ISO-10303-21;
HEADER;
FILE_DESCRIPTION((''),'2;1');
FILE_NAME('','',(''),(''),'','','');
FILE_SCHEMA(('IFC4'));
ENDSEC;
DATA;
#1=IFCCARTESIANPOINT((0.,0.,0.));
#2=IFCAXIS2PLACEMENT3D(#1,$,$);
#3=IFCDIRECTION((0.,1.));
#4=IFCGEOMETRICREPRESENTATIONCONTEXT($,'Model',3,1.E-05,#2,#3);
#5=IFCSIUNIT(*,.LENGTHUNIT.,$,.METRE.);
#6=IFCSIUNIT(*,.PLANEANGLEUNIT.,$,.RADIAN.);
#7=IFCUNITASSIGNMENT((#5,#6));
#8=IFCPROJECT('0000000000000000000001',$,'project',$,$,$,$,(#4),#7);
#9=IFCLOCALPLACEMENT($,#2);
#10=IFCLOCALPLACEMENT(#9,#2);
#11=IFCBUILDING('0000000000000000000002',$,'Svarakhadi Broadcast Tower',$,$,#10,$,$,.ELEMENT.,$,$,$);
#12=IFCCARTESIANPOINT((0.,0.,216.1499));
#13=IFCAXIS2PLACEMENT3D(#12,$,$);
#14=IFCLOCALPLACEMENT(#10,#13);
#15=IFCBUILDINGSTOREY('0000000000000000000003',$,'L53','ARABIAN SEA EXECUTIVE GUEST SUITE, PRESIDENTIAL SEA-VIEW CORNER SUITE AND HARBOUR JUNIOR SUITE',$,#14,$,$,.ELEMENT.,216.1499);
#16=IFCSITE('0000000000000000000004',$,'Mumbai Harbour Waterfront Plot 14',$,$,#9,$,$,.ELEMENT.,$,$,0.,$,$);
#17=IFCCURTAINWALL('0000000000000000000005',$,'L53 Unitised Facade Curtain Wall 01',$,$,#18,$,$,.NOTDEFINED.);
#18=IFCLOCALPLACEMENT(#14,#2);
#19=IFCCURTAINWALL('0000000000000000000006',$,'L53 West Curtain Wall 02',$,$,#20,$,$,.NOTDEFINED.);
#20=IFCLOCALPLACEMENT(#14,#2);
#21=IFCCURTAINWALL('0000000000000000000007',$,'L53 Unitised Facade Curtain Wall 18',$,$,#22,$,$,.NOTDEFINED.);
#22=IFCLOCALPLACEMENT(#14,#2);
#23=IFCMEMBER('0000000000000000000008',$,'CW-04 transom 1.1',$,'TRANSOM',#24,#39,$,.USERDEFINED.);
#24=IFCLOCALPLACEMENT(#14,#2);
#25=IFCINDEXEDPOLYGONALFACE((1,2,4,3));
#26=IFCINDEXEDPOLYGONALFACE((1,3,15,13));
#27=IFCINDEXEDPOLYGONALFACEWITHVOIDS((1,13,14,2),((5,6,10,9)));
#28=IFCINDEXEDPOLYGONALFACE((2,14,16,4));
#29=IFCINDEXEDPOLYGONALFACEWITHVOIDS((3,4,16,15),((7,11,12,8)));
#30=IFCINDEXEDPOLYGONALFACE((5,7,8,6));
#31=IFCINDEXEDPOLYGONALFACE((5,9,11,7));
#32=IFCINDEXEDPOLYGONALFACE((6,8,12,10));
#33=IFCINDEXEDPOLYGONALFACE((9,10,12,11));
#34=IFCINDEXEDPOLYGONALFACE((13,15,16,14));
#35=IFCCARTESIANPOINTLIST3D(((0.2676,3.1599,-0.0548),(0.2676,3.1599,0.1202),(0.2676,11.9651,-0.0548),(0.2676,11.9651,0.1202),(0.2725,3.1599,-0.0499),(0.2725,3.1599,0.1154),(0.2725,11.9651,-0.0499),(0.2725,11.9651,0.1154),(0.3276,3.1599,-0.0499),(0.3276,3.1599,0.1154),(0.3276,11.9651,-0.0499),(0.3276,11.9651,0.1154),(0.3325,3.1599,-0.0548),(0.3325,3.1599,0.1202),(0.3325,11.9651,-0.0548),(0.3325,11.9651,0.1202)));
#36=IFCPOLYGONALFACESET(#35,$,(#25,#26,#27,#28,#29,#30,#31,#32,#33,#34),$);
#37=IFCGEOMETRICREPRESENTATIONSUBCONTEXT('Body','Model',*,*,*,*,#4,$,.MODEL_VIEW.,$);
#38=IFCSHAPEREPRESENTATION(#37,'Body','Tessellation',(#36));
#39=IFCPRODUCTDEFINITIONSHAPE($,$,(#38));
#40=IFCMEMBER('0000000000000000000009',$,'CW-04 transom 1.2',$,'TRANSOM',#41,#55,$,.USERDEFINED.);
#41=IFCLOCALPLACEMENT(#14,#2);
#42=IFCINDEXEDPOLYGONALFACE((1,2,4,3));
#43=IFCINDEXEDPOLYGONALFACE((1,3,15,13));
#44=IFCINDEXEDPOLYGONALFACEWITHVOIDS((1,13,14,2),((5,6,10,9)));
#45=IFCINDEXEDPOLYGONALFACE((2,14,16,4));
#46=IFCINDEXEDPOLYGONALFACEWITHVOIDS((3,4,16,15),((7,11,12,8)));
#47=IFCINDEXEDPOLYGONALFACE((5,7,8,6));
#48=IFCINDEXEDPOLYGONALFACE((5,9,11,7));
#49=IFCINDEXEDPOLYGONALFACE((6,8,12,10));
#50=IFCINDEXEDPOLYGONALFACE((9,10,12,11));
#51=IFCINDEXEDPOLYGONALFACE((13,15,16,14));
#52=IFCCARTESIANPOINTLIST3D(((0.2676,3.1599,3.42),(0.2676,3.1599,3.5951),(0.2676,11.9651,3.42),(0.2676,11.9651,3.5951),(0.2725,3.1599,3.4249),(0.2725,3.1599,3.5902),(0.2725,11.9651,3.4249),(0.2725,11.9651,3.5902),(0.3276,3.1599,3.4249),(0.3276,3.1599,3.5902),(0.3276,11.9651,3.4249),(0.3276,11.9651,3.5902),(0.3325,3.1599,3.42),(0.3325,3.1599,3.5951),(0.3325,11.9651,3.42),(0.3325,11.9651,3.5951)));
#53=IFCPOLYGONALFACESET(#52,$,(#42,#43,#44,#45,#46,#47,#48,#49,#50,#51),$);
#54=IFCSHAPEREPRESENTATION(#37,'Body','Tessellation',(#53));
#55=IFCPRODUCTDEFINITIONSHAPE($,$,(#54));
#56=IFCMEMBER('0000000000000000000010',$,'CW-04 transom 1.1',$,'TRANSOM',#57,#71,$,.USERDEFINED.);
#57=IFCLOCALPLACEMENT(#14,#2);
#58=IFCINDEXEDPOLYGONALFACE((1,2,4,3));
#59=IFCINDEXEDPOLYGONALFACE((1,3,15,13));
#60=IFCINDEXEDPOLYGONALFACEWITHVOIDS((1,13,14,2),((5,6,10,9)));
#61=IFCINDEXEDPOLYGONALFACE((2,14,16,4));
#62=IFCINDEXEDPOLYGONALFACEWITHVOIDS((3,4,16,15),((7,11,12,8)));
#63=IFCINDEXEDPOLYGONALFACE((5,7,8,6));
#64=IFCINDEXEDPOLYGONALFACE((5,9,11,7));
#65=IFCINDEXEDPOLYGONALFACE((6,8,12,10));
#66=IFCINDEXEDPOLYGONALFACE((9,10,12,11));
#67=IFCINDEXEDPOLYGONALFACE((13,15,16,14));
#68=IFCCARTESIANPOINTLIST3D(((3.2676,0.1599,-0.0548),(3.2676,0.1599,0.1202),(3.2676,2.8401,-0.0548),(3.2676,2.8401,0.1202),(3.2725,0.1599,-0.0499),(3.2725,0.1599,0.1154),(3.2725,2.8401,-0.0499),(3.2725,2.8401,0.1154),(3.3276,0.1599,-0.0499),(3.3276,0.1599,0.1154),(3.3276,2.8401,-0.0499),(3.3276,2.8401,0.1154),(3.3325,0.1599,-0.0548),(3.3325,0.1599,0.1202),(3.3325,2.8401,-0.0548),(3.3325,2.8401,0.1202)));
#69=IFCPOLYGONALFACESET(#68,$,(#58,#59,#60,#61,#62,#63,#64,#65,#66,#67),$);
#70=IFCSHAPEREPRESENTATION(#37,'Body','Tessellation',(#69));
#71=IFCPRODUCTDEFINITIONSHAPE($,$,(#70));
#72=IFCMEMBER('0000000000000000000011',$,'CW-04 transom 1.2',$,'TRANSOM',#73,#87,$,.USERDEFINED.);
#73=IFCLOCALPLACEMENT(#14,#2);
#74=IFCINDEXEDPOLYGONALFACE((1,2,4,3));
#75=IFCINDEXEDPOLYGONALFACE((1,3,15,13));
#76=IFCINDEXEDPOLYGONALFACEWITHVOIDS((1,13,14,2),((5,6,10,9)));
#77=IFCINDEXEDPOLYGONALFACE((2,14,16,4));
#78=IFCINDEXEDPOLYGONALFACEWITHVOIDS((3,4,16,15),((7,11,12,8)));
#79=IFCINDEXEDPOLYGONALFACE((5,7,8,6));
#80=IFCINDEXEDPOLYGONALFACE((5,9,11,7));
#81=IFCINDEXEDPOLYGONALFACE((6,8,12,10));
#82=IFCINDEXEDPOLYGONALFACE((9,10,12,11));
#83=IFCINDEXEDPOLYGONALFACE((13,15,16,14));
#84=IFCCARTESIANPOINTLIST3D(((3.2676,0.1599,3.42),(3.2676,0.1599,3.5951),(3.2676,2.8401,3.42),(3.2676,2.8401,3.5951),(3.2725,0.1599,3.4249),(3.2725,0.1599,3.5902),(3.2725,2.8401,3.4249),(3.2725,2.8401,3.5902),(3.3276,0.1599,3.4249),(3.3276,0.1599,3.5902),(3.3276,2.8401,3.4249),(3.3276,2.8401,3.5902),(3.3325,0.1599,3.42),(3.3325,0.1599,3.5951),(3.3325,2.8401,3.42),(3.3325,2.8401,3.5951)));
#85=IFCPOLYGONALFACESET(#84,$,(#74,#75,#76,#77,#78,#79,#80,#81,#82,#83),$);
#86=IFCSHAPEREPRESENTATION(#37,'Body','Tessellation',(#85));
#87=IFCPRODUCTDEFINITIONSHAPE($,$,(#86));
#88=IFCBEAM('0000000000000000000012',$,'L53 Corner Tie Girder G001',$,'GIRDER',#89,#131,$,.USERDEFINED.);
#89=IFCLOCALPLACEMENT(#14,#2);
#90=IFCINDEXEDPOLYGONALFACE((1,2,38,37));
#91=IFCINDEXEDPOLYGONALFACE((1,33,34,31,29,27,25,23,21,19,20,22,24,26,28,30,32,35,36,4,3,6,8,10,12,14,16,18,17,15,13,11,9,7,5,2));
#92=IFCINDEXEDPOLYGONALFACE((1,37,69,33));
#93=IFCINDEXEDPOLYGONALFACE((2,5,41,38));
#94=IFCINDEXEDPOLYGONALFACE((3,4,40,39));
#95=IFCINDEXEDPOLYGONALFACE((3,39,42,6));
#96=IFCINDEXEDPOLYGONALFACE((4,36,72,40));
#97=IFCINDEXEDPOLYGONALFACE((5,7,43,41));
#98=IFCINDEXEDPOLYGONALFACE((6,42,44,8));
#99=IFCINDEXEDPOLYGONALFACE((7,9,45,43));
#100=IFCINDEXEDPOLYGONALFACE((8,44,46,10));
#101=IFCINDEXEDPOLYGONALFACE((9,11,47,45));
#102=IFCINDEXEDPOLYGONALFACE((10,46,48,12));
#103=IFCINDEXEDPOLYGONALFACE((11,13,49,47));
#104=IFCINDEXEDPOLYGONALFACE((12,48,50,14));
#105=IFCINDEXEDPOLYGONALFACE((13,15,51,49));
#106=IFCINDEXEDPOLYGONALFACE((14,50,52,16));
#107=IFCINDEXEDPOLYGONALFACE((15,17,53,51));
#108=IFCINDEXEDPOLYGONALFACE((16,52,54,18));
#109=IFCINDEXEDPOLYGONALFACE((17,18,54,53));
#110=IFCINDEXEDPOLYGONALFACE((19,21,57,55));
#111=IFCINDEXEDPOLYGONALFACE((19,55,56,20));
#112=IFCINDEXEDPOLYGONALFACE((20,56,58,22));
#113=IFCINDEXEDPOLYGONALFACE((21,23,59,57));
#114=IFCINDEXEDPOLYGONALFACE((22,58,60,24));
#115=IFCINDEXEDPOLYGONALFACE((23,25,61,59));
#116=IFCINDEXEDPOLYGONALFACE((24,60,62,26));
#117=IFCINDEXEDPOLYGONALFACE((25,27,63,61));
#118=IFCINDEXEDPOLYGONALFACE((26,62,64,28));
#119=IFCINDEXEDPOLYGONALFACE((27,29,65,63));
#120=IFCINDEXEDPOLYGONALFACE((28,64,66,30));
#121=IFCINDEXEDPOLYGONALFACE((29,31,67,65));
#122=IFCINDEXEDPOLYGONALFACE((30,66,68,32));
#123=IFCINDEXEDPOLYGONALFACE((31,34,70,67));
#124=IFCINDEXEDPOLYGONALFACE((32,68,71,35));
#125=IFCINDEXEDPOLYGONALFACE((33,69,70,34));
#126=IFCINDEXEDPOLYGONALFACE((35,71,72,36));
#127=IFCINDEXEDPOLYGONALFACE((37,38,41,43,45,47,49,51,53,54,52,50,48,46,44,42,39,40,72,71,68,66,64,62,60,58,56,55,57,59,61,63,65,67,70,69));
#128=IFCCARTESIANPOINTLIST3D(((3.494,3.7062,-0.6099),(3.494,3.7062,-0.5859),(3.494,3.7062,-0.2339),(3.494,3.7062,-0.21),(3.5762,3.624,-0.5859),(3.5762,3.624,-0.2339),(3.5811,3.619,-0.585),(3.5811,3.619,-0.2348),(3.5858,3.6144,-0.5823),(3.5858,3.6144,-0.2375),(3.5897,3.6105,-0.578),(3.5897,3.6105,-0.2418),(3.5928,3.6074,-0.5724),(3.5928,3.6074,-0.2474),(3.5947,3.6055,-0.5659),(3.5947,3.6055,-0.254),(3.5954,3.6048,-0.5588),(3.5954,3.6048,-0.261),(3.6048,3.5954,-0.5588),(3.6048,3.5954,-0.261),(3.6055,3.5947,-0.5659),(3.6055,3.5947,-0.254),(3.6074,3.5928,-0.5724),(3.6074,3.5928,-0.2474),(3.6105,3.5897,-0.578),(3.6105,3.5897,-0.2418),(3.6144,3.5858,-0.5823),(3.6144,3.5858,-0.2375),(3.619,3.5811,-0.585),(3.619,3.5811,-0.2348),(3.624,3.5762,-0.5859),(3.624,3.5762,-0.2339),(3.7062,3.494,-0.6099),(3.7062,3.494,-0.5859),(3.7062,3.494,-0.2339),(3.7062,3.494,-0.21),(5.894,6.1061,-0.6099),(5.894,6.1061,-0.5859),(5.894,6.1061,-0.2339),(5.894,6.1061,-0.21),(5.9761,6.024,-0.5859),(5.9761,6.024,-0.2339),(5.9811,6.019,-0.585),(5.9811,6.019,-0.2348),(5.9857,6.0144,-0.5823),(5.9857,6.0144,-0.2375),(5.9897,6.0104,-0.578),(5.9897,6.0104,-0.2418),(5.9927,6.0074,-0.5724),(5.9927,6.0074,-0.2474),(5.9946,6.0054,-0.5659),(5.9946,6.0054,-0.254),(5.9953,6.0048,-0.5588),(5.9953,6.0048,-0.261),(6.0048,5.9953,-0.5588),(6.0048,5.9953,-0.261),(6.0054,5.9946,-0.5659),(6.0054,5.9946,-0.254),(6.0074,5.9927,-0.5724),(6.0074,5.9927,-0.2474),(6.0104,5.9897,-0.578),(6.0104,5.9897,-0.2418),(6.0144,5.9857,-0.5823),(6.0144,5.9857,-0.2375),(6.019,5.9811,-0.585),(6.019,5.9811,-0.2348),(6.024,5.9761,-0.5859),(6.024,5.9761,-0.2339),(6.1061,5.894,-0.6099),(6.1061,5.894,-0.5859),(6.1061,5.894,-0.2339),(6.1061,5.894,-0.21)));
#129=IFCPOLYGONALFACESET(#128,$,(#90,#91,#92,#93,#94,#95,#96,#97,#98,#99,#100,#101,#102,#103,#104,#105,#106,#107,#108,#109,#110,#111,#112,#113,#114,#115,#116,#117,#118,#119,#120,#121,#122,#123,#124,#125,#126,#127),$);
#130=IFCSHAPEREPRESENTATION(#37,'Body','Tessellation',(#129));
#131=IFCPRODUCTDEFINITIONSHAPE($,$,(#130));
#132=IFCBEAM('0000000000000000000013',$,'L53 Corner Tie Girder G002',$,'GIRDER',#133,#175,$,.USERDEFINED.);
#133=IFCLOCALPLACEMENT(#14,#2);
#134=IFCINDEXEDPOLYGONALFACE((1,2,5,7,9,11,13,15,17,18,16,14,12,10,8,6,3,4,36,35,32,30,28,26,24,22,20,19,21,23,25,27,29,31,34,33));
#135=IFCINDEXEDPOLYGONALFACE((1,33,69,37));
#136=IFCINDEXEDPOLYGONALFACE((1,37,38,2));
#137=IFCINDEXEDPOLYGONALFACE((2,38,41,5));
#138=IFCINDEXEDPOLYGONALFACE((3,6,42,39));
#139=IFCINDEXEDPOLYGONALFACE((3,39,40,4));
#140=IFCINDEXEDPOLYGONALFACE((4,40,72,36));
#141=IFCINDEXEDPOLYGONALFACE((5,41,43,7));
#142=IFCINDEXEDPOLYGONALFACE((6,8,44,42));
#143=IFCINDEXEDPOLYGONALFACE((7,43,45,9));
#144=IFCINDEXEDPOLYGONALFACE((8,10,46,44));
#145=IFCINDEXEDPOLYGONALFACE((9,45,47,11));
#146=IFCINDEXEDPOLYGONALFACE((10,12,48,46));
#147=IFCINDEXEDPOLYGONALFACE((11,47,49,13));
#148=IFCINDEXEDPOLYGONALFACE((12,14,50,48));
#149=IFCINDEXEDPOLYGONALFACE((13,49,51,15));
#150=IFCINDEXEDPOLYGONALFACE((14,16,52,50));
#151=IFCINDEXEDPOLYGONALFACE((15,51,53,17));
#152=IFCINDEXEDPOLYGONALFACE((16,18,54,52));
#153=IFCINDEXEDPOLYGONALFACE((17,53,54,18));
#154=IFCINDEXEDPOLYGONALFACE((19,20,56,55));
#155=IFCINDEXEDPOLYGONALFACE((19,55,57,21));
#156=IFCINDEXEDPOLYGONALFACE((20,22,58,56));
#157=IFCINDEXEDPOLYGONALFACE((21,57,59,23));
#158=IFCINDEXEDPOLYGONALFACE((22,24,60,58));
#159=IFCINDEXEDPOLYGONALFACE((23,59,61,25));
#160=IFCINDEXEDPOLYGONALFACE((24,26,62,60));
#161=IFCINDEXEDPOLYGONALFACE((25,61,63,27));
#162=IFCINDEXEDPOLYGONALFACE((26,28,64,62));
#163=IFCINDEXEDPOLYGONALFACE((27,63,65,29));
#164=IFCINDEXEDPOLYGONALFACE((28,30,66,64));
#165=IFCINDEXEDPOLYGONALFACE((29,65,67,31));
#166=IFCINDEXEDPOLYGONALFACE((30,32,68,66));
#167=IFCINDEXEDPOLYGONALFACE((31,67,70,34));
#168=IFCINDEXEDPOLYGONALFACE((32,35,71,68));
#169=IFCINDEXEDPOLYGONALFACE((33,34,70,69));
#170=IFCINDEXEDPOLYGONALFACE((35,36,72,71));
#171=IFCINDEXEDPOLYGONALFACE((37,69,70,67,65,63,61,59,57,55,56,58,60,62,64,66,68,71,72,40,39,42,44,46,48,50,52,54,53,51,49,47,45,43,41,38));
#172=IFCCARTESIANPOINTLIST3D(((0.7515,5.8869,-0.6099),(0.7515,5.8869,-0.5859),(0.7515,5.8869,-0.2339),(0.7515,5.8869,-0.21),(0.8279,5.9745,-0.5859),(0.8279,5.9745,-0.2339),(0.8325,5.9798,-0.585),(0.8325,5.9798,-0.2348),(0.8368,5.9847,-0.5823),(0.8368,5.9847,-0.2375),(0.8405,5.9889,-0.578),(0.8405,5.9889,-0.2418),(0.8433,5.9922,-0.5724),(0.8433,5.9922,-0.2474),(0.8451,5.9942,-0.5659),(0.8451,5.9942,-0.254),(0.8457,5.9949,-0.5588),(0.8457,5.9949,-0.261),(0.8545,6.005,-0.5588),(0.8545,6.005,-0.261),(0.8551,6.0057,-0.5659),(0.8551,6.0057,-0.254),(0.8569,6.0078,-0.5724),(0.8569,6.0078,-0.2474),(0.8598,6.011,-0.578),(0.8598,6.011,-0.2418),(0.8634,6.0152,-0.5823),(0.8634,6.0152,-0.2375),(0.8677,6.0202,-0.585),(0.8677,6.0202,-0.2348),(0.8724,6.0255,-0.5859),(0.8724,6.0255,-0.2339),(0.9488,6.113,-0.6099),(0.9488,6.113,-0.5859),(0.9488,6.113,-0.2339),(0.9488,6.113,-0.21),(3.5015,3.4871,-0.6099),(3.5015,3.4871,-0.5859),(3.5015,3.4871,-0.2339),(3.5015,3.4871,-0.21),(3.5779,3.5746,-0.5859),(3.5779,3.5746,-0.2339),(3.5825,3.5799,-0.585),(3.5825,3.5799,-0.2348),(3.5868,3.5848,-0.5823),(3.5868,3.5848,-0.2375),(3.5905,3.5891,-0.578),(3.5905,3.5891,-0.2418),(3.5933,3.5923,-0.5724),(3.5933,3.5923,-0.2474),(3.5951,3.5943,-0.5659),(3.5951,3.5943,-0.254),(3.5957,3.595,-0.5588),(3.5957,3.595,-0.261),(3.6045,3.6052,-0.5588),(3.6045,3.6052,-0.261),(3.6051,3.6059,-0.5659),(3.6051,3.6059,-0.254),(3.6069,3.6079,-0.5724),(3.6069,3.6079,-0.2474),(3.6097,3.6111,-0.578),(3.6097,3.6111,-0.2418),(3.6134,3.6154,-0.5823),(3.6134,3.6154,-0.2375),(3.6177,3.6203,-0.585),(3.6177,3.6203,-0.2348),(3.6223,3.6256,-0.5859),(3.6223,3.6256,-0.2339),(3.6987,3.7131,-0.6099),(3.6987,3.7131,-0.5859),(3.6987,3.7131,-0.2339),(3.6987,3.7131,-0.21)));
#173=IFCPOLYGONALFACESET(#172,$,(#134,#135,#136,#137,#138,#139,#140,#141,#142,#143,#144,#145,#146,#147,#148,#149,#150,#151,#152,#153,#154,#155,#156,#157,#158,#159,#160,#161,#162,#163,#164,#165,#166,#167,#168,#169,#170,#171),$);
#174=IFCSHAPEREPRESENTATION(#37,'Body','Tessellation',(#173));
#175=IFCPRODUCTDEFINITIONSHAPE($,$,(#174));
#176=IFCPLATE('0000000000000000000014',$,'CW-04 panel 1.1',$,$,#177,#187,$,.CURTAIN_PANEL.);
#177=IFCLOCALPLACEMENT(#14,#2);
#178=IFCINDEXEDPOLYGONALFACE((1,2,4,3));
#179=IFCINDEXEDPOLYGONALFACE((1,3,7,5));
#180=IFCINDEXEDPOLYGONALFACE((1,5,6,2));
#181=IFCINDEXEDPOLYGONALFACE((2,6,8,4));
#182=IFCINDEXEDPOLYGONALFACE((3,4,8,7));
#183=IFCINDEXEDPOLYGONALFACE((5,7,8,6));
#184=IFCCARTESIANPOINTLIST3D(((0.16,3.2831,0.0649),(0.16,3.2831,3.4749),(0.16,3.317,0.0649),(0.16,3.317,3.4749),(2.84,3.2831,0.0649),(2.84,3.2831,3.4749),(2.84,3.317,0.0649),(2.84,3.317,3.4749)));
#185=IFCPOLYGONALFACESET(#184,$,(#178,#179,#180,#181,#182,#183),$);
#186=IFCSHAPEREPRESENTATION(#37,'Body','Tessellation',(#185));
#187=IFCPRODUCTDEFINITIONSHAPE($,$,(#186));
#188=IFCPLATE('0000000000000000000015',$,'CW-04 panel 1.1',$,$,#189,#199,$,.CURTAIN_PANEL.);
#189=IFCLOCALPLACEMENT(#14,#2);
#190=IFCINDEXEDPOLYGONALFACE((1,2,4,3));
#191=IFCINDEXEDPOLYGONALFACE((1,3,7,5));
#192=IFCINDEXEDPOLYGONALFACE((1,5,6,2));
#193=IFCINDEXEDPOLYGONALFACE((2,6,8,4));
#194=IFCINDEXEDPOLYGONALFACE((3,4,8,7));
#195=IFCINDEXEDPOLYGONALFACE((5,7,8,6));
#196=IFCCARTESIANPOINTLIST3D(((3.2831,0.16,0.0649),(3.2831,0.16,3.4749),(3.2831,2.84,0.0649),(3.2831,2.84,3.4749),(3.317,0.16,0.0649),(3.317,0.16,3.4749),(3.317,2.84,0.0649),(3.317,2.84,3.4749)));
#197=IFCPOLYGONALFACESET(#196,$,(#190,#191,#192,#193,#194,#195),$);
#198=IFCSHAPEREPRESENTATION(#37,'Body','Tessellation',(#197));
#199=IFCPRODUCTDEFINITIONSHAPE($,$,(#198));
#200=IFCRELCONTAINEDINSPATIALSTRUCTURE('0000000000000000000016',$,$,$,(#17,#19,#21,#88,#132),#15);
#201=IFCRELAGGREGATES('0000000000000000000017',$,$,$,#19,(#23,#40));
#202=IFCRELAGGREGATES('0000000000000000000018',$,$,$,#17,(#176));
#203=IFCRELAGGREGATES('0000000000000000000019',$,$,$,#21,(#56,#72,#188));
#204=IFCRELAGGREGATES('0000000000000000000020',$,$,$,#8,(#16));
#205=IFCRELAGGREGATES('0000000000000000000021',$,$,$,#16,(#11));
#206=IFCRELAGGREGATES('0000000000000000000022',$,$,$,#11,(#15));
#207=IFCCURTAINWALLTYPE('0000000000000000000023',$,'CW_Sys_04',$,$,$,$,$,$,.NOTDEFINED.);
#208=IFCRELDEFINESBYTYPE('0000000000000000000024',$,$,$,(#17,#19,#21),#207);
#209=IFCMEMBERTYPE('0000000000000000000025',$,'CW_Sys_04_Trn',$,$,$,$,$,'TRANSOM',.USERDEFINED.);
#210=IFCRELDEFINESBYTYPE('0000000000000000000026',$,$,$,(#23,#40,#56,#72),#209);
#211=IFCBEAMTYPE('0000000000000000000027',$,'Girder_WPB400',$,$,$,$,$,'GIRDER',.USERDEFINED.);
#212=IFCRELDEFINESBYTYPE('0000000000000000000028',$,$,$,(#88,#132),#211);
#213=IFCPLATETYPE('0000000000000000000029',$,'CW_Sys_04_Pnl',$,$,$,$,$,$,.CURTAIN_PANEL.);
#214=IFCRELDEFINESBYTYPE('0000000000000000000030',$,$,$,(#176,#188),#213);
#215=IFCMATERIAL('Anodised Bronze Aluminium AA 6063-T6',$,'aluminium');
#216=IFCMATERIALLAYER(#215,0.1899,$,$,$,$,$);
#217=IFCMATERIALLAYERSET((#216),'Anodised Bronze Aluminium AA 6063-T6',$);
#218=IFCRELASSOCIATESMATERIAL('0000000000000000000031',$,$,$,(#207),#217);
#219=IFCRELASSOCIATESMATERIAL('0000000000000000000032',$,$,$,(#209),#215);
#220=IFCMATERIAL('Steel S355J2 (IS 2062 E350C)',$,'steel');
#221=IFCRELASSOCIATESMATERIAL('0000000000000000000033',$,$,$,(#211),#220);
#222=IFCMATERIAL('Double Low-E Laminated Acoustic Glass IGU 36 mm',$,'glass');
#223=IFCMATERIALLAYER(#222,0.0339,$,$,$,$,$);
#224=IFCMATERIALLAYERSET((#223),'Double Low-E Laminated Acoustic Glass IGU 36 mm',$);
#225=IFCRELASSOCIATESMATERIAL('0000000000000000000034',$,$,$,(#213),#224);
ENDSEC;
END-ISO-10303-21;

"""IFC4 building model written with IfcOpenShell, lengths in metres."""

from ifc_helpers import new_model, si_unit, direction, frame, origin, origin_2d, place, context, subcontext, project, spatial, rectangle, hollow_rectangle, i_section, extrude, material, layer, layer_set, material_profile, profile_set, type_object, element, aggregate, save


model = new_model("IFC4")

# Units and contexts
model_context = context("Model", 3, precision=1e-05, world=origin(), true_north=direction((0.0, 1.0)))
body_context = subcontext(model_context, "Body", "Model", "MODEL_VIEW")
ifc_project = project(units=[si_unit("LENGTHUNIT", "METRE"), si_unit("PLANEANGLEUNIT", "RADIAN")], contexts=[model_context])

# Site, building, storey
site_placement = place(None, origin())
site = spatial("IfcSite", under=ifc_project, at=site_placement, Name="Mumbai Harbour Waterfront Plot 14", CompositionType="ELEMENT", RefElevation=0.0)
building_placement = place(site_placement, origin())
building = spatial("IfcBuilding", under=site, at=building_placement, Name="Svarakhadi Broadcast Tower", CompositionType="ELEMENT")
storey_placement = place(building_placement, frame((0.0, 0.0, 216.1499)))
storey = spatial("IfcBuildingStorey", under=building, at=storey_placement, Name="L53", Description="ARABIAN SEA EXECUTIVE GUEST SUITE, PRESIDENTIAL SEA-VIEW CORNER SUITE AND HARBOUR JUNIOR SUITE", CompositionType="ELEMENT", Elevation=216.1499)

# Curtain wall
ifc_material_1 = material(Name="Anodised Bronze Aluminium AA 6063-T6", Category="aluminium")
ifc_layer_1 = layer(ifc_material_1, 0.1899)
ifc_layer_set_1 = layer_set([ifc_layer_1], Name="Anodised Bronze Aluminium AA 6063-T6")
curtain_wall_type = type_object("IfcCurtainWallType", Name="CW_Sys_04", PredefinedType="NOTDEFINED", material=ifc_layer_set_1)
curtain_wall_1_placement = place(storey_placement, origin())
curtain_wall_1 = element("IfcCurtainWall", 1, at=curtain_wall_1_placement, inside=storey, type_object=curtain_wall_type, Name="L53 Unitised Facade Curtain Wall 01", PredefinedType="NOTDEFINED")

# Curtain wall
curtain_wall_2_placement = place(storey_placement, origin())
curtain_wall_2 = element("IfcCurtainWall", 2, at=curtain_wall_2_placement, inside=storey, type_object=curtain_wall_type, Name="L53 West Curtain Wall 02", PredefinedType="NOTDEFINED")

# Curtain wall
curtain_wall_3_placement = place(storey_placement, origin())
curtain_wall_3 = element("IfcCurtainWall", 3, at=curtain_wall_3_placement, inside=storey, type_object=curtain_wall_type, Name="L53 Unitised Facade Curtain Wall 18", PredefinedType="NOTDEFINED")

# Members
ifc_material_profile_1 = material_profile(ifc_material_1, hollow_rectangle(XDim=0.0649, YDim=0.175, WallThickness=0.0049, at=origin_2d()), Name="ALU TRANSOM 175x65x5")
ifc_profile_set_1 = profile_set([ifc_material_profile_1], Name="Anodised Bronze Aluminium AA 6063-T6")
member_type_1 = type_object("IfcMemberType", Name="CW_Sys_04_Trn", ElementType="TRANSOM", PredefinedType="USERDEFINED", material=ifc_profile_set_1)
member_1_placement = place(storey_placement, frame((0.3, 3.1599, 0.0327), z_axis=(0.0, 1.0, 0.0), x_axis=(-1.0, 0.0, 0.0)))
member_1 = element("IfcMember", 4, at=member_1_placement, type_object=member_type_1, Name="CW-04 transom 1.1", ObjectType="TRANSOM", PredefinedType="USERDEFINED", context=body_context, shape_type="SweptSolid", body=[
    extrude(hollow_rectangle(XDim=0.0649, YDim=0.175, WallThickness=0.0049, at=origin_2d()), origin(), (0.0, 0.0, 1.0), 8.8052),
])
member_2_placement = place(storey_placement, frame((0.3, 3.1599, 3.5076), z_axis=(0.0, 1.0, 0.0), x_axis=(-1.0, 0.0, 0.0)))
member_2 = element("IfcMember", 5, at=member_2_placement, type_object=member_type_1, Name="CW-04 transom 1.2", ObjectType="TRANSOM", PredefinedType="USERDEFINED", context=body_context, shape_type="SweptSolid", body=[
    extrude(hollow_rectangle(XDim=0.0649, YDim=0.175, WallThickness=0.0049, at=origin_2d()), origin(), (0.0, 0.0, 1.0), 8.8052),
])
aggregate(curtain_wall_2, [member_1, member_2])
member_3_placement = place(storey_placement, frame((3.3, 0.1599, 0.0327), z_axis=(0.0, 1.0, 0.0), x_axis=(-1.0, 0.0, 0.0)))
member_3 = element("IfcMember", 6, at=member_3_placement, type_object=member_type_1, Name="CW-04 transom 1.1", ObjectType="TRANSOM", PredefinedType="USERDEFINED", context=body_context, shape_type="SweptSolid", body=[
    extrude(hollow_rectangle(XDim=0.0649, YDim=0.175, WallThickness=0.0049, at=origin_2d()), origin(), (0.0, 0.0, 1.0), 2.6802),
])
member_4_placement = place(storey_placement, frame((3.3, 0.1599, 3.5076), z_axis=(0.0, 1.0, 0.0), x_axis=(-1.0, 0.0, 0.0)))
member_4 = element("IfcMember", 7, at=member_4_placement, type_object=member_type_1, Name="CW-04 transom 1.2", ObjectType="TRANSOM", PredefinedType="USERDEFINED", context=body_context, shape_type="SweptSolid", body=[
    extrude(hollow_rectangle(XDim=0.0649, YDim=0.175, WallThickness=0.0049, at=origin_2d()), origin(), (0.0, 0.0, 1.0), 2.6802),
])

# Beams
ifc_material_2 = material(Name="Steel S355J2 (IS 2062 E350C)", Category="steel")
ifc_material_profile_2 = material_profile(ifc_material_2, i_section(OverallWidth=0.3, OverallDepth=0.3999, WebThickness=0.0134, FlangeThickness=0.0239, FilletRadius=0.0271, at=origin_2d()), Name="WPB 400x300x155")
ifc_profile_set_2 = profile_set([ifc_material_profile_2], Name="Steel S355J2 (IS 2062 E350C)")
beam_type = type_object("IfcBeamType", Name="Girder_WPB400", ElementType="GIRDER", PredefinedType="USERDEFINED", material=ifc_profile_set_2)
beam_1_placement = place(storey_placement, frame((3.6001, 3.6001, -0.4099), z_axis=(0.707107, 0.707107, 0.0), x_axis=(-0.707107, 0.707107, 0.0)))
element("IfcBeam", 8, at=beam_1_placement, inside=storey, type_object=beam_type, Name="L53 Corner Tie Girder G001", ObjectType="GIRDER", PredefinedType="USERDEFINED", context=body_context, shape_type="SweptSolid", body=[
    extrude(i_section(OverallWidth=0.3, OverallDepth=0.3999, WebThickness=0.0134, FlangeThickness=0.0239, FilletRadius=0.0271, at=origin_2d()), origin(), (0.0, 0.0, 1.0), 3.394),
])
beam_2_placement = place(storey_placement, frame((3.6001, 3.6001, -0.4099), z_axis=(-0.753438, 0.657519, 0.0), x_axis=(-0.657519, -0.753438, 0.0)))
element("IfcBeam", 9, at=beam_2_placement, inside=storey, type_object=beam_type, Name="L53 Corner Tie Girder G002", ObjectType="GIRDER", PredefinedType="USERDEFINED", context=body_context, shape_type="SweptSolid", body=[
    extrude(i_section(OverallWidth=0.3, OverallDepth=0.3999, WebThickness=0.0134, FlangeThickness=0.0239, FilletRadius=0.0271, at=origin_2d()), origin(), (0.0, 0.0, 1.0), 3.6499),
])

# Plates
ifc_material_3 = material(Name="Double Low-E Laminated Acoustic Glass IGU 36 mm", Category="glass")
ifc_layer_2 = layer(ifc_material_3, 0.0339)
ifc_layer_set_2 = layer_set([ifc_layer_2], Name="Double Low-E Laminated Acoustic Glass IGU 36 mm")
plate_type = type_object("IfcPlateType", Name="CW_Sys_04_Pnl", PredefinedType="CURTAIN_PANEL", material=ifc_layer_set_2)
plate_1_placement = place(storey_placement, frame((1.5, 3.3, 0.0649), z_axis=(0.0, 0.0, 1.0), x_axis=(-1.0, 0.0, 0.0)))
plate_1 = element("IfcPlate", 10, at=plate_1_placement, type_object=plate_type, Name="CW-04 panel 1.1", PredefinedType="CURTAIN_PANEL", context=body_context, shape_type="SweptSolid", body=[
    extrude(rectangle(XDim=2.6799, YDim=0.0339, at=origin_2d()), origin(), (0.0, 0.0, 1.0), 3.4099),
])
aggregate(curtain_wall_1, [plate_1])
plate_2_placement = place(storey_placement, frame((3.3, 1.5, 0.0649), z_axis=(0.0, 0.0, 1.0), x_axis=(0.0, 1.0, 0.0)))
plate_2 = element("IfcPlate", 11, at=plate_2_placement, type_object=plate_type, Name="CW-04 panel 1.1", PredefinedType="CURTAIN_PANEL", context=body_context, shape_type="SweptSolid", body=[
    extrude(rectangle(XDim=2.6799, YDim=0.0339, at=origin_2d()), origin(), (0.0, 0.0, 1.0), 3.4099),
])
aggregate(curtain_wall_3, [member_3, member_4, plate_2])

save(model, "model.ifc")
